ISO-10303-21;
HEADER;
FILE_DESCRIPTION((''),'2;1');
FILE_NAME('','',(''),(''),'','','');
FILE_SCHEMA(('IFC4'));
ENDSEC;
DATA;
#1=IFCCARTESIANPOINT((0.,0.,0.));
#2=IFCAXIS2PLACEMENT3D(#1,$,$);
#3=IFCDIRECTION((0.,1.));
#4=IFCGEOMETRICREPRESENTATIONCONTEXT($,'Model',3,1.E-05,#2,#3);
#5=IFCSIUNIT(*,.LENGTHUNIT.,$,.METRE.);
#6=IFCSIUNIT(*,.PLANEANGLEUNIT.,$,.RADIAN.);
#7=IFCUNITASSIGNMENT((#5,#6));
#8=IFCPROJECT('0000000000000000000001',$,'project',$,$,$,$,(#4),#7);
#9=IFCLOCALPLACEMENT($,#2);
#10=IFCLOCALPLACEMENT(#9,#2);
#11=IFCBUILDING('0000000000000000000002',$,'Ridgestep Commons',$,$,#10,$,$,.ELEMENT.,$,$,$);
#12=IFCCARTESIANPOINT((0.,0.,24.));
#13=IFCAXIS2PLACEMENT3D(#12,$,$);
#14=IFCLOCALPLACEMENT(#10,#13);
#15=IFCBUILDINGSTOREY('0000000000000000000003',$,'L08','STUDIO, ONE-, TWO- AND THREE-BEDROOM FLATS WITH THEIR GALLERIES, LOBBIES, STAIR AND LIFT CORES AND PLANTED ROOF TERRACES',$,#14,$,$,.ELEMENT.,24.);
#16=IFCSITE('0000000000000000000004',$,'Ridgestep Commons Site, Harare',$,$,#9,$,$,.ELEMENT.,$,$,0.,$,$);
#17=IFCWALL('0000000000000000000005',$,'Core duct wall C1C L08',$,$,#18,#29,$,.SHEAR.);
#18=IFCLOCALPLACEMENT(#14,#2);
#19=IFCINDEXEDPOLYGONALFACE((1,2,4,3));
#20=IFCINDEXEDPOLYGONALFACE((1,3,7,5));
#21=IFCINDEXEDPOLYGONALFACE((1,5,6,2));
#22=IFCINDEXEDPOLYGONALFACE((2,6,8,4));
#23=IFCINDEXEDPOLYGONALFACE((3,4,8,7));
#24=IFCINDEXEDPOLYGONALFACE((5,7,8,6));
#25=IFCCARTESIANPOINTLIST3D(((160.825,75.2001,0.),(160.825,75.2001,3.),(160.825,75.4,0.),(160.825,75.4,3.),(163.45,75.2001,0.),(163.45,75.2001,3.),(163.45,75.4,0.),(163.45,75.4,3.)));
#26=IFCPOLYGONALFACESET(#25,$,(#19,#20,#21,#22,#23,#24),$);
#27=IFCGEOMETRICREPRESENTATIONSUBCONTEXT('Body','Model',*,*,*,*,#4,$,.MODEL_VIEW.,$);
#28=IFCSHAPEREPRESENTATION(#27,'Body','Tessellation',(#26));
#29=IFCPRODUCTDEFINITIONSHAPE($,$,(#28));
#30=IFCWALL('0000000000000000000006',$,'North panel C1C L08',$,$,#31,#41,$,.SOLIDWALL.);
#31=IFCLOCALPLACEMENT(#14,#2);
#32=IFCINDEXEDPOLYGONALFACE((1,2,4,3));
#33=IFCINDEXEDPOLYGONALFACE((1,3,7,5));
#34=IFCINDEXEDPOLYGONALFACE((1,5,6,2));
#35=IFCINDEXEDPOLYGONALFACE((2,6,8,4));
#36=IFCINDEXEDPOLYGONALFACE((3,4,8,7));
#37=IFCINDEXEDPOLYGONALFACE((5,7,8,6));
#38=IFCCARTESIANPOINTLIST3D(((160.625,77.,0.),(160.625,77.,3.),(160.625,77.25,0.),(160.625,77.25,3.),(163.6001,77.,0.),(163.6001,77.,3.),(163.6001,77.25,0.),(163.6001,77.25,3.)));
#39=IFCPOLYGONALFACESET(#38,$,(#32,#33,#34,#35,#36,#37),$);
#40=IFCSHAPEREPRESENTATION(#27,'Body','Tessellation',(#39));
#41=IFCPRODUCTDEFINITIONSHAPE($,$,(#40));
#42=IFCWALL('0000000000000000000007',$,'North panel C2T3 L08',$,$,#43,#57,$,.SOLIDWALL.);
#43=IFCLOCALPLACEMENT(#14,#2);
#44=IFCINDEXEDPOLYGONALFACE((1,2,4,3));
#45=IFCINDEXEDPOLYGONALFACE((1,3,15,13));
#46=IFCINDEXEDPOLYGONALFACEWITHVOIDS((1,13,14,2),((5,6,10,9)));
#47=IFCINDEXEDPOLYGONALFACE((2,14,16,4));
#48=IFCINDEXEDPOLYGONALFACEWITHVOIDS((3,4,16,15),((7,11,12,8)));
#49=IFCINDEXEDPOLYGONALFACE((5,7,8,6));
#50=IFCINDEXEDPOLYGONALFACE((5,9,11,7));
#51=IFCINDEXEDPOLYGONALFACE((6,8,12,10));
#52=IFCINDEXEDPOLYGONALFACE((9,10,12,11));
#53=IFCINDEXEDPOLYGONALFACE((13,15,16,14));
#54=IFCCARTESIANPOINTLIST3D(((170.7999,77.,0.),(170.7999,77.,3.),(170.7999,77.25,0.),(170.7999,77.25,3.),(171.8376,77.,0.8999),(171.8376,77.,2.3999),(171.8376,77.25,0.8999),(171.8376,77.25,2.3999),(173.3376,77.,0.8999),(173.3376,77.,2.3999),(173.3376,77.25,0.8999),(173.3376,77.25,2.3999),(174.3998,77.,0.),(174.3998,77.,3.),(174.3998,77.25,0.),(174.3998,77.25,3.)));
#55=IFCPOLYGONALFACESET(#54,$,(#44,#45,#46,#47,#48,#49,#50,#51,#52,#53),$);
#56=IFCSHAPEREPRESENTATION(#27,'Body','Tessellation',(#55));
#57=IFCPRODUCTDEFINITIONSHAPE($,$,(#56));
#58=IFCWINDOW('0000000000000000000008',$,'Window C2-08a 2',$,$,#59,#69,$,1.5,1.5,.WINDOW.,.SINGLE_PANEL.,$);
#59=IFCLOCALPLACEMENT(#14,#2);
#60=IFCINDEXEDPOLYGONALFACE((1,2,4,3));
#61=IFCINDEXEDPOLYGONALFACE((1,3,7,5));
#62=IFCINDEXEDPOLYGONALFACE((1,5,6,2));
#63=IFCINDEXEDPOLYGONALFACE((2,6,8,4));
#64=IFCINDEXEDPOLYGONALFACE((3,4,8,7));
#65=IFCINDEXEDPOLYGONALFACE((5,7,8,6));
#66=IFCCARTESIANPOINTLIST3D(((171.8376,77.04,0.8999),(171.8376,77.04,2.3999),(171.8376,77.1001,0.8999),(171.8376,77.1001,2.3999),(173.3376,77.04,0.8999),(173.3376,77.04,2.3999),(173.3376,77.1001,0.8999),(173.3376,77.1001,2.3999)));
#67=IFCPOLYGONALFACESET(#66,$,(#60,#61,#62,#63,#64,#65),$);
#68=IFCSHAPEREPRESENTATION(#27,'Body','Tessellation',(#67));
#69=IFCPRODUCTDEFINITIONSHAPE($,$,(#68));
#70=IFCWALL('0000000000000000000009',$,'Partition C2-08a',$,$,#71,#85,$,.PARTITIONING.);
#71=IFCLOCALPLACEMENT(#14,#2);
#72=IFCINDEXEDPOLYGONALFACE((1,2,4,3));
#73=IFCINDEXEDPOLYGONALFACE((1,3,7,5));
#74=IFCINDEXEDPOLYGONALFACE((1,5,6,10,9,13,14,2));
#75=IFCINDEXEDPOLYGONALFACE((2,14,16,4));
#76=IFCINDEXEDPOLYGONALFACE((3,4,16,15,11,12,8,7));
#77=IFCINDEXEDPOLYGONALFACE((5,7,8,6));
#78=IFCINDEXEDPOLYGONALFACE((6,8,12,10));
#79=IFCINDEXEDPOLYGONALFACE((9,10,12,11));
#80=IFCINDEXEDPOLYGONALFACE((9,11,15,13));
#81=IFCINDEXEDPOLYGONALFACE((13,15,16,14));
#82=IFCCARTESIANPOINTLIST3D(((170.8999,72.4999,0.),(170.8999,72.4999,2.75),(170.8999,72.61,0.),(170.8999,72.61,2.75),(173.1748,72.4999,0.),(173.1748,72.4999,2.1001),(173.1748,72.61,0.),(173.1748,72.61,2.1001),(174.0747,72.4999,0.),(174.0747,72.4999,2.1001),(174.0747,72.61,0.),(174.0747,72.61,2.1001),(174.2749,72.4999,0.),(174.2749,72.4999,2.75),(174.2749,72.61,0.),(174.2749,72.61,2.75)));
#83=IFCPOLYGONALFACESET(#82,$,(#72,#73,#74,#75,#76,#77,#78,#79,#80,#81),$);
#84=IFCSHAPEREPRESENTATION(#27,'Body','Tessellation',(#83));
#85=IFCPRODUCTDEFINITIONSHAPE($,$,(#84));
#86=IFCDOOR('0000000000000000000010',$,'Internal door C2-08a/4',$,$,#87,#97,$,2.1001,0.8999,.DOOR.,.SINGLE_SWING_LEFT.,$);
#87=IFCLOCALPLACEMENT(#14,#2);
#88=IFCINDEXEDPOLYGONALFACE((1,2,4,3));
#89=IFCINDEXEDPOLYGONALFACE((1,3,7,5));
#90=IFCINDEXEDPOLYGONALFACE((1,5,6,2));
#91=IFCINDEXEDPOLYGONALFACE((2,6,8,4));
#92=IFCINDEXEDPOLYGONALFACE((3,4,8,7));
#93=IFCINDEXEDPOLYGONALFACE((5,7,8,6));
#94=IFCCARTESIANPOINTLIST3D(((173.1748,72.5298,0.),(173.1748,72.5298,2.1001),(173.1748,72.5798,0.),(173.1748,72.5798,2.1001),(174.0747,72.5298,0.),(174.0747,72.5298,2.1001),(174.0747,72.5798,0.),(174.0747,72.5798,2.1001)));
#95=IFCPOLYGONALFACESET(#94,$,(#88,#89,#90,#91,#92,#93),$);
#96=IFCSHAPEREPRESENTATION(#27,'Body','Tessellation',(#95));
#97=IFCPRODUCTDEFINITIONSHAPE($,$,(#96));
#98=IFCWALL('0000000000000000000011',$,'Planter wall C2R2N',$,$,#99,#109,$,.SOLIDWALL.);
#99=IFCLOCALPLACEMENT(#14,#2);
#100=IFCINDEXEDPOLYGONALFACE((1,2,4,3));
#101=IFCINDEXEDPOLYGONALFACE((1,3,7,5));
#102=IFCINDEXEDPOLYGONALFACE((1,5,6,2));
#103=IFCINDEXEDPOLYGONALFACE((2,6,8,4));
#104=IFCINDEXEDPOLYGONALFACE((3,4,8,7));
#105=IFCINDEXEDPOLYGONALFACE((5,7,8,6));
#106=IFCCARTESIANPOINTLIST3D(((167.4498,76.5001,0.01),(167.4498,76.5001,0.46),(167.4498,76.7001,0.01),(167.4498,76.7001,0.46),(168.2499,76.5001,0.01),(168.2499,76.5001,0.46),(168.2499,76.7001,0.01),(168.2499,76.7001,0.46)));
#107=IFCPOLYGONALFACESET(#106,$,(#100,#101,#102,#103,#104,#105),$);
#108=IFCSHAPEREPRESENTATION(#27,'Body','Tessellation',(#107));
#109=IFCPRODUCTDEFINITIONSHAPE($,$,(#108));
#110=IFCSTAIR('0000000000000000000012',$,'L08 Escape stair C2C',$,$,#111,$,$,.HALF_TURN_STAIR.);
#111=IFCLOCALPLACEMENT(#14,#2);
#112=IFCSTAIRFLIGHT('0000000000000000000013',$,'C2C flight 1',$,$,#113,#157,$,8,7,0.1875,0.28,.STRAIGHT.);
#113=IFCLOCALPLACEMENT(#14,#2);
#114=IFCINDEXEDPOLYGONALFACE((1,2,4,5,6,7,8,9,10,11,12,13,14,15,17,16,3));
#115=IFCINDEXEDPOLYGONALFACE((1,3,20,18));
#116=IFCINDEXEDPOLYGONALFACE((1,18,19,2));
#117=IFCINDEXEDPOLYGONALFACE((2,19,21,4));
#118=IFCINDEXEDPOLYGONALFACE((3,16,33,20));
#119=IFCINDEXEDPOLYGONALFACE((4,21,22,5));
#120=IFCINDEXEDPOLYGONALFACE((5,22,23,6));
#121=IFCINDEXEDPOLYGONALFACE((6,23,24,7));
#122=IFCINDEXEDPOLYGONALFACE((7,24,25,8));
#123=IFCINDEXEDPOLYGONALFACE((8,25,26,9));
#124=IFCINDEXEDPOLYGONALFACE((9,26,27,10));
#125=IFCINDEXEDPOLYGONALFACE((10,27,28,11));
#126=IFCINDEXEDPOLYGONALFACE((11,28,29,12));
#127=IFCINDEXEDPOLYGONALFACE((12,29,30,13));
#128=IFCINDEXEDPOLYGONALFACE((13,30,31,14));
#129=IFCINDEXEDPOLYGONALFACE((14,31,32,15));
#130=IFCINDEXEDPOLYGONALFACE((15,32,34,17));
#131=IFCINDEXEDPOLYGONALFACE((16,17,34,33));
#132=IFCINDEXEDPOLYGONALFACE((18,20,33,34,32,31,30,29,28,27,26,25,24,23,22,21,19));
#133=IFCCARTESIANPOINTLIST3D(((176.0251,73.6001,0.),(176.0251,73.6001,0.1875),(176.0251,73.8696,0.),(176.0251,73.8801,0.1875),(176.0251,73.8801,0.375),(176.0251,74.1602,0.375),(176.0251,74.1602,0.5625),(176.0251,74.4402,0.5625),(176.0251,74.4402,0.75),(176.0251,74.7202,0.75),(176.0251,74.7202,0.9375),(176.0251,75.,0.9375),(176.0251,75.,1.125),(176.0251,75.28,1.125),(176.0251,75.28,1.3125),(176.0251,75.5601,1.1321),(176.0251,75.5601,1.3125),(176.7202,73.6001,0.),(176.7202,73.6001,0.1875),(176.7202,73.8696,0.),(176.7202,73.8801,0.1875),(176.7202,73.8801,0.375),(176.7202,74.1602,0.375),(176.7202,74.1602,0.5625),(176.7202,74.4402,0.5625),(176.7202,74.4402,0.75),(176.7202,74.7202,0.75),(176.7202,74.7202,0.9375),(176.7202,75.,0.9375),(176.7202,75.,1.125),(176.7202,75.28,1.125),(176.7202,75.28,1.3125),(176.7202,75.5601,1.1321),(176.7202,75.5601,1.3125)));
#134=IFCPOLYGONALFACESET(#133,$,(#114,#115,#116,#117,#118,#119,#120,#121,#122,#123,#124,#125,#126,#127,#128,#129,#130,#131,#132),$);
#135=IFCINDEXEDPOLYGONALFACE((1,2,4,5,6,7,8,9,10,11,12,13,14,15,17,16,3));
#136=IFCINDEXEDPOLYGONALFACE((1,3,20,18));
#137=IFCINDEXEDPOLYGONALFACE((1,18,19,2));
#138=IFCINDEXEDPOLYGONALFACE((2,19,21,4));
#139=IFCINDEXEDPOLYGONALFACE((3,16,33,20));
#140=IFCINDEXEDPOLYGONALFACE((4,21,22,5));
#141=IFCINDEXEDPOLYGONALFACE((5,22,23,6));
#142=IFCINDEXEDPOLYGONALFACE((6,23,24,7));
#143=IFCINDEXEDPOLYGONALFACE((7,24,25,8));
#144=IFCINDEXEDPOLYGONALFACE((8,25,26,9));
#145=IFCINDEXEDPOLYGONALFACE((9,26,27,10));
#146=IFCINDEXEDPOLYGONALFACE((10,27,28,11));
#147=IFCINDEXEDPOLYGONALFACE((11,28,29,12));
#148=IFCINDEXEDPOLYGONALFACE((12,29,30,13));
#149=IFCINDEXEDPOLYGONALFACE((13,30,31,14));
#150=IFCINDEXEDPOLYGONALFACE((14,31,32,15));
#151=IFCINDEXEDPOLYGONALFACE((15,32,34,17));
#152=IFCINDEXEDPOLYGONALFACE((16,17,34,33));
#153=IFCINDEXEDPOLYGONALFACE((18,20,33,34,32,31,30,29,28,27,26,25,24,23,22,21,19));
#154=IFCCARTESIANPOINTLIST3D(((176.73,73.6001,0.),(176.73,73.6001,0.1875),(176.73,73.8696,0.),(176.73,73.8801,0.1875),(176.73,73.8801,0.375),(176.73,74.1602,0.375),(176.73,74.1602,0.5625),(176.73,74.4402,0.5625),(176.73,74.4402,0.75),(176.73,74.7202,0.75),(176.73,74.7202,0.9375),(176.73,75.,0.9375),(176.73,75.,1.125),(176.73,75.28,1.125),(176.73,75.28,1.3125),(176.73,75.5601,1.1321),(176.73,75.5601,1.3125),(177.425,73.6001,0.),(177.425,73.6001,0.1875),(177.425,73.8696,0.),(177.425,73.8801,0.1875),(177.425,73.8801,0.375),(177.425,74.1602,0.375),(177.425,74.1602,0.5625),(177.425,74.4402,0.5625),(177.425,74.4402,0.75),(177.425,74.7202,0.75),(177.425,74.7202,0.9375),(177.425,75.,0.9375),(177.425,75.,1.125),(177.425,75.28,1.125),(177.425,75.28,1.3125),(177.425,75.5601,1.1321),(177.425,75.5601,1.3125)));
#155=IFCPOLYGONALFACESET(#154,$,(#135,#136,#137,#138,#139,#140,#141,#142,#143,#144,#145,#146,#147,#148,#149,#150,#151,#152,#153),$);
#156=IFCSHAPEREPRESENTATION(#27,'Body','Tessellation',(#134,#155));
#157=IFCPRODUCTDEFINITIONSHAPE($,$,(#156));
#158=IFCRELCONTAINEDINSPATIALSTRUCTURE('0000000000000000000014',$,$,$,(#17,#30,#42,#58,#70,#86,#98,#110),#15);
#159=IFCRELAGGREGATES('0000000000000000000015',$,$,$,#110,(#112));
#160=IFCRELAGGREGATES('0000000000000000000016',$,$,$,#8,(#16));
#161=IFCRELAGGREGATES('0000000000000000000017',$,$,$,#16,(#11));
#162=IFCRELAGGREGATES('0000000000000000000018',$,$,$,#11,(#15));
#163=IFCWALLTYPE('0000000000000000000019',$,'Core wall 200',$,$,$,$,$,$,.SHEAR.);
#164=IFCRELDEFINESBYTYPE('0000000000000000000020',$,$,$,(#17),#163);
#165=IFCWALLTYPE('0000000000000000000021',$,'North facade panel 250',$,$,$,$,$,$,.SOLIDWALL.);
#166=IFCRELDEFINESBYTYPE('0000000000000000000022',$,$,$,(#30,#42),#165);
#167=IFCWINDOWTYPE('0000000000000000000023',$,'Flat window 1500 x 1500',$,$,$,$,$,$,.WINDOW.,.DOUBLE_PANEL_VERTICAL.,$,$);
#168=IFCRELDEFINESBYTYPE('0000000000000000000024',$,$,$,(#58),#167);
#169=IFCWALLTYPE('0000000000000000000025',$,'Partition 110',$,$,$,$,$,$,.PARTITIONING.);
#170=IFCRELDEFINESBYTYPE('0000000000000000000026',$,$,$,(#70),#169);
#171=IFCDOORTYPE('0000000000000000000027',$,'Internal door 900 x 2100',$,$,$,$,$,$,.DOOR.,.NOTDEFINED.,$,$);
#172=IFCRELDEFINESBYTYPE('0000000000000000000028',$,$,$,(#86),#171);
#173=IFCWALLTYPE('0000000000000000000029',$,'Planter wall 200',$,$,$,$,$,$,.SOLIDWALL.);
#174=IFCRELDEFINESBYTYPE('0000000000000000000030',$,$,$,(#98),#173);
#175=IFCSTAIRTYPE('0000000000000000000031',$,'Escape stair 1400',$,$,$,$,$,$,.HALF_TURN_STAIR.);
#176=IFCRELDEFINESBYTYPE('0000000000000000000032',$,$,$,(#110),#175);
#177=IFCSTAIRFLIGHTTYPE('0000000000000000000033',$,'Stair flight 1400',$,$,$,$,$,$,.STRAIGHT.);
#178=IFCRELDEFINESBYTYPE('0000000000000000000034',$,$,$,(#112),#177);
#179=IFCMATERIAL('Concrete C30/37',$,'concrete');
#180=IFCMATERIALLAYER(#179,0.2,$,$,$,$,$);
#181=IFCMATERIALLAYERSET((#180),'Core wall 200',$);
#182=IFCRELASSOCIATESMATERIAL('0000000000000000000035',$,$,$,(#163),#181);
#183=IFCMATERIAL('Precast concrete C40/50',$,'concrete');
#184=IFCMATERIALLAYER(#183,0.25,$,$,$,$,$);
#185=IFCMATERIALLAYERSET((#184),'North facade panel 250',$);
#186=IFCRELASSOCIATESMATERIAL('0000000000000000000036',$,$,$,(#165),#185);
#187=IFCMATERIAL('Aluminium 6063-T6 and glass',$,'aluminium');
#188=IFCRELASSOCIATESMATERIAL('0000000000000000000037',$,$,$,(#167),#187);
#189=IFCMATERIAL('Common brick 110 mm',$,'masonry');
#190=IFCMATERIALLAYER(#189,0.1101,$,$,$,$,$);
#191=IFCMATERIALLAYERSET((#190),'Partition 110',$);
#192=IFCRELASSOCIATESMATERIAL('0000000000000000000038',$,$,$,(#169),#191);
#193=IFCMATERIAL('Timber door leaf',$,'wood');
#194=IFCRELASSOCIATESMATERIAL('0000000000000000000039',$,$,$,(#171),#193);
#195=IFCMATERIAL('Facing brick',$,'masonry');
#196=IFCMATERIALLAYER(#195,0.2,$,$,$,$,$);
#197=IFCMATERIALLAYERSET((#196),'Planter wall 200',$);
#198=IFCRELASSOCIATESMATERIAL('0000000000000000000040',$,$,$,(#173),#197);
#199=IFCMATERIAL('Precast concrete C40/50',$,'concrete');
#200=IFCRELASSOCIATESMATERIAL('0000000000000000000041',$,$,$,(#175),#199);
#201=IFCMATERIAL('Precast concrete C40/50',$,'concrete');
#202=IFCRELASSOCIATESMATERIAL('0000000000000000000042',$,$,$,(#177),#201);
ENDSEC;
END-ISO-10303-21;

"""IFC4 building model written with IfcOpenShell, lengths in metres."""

from ifc_helpers import new_model, si_unit, direction, frame, frame_2d, origin, place, context, subcontext, project, spatial, polyline, rectangle, outline, extrude, material, layer, layer_set, type_object, element, fill, aggregate, save


model = new_model("IFC4")

# Units and contexts
model_context = context("Model", 3, precision=1e-05, world=origin(), true_north=direction((0.0, 1.0)))
body_context = subcontext(model_context, "Body", "Model", "MODEL_VIEW")
ifc_project = project(units=[si_unit("LENGTHUNIT", "METRE"), si_unit("PLANEANGLEUNIT", "RADIAN")], contexts=[model_context])

# Site, building, storey
site_placement = place(None, origin())
site = spatial("IfcSite", under=ifc_project, at=site_placement, Name="Ridgestep Commons Site, Harare", CompositionType="ELEMENT", RefElevation=0.0)
building_placement = place(site_placement, origin())
building = spatial("IfcBuilding", under=site, at=building_placement, Name="Ridgestep Commons", CompositionType="ELEMENT")
storey_placement = place(building_placement, frame((0.0, 0.0, 24.0)))
storey = spatial("IfcBuildingStorey", under=building, at=storey_placement, Name="L08", Description="STUDIO, ONE-, TWO- AND THREE-BEDROOM FLATS WITH THEIR GALLERIES, LOBBIES, STAIR AND LIFT CORES AND PLANTED ROOF TERRACES", CompositionType="ELEMENT", Elevation=24.0)

# Walls
ifc_material_1 = material(Name="Concrete C30/37", Category="concrete")
ifc_layer_1 = layer(ifc_material_1, 0.2)
ifc_layer_set_1 = layer_set([ifc_layer_1], Name="Core wall 200")
wall_type_1 = type_object("IfcWallType", Name="Core wall 200", PredefinedType="SHEAR", material=ifc_layer_set_1)
wall_1_placement = place(storey_placement, frame((160.825, 75.3, 0.0), z_axis=(0.0, 0.0, 1.0), x_axis=(1.0, 0.0, 0.0)))
element("IfcWall", 1, at=wall_1_placement, inside=storey, type_object=wall_type_1, Name="Core duct wall C1C L08", PredefinedType="SHEAR", context=body_context, shape_type="SweptSolid", body=[
    extrude(rectangle(XDim=2.625, YDim=0.2, at=frame_2d((1.3125, 0.0))), origin(), (0.0, 0.0, 1.0), 3.0),
])
ifc_material_2 = material(Name="Precast concrete C40/50", Category="concrete")
ifc_layer_2 = layer(ifc_material_2, 0.25)
ifc_layer_set_2 = layer_set([ifc_layer_2], Name="North facade panel 250")
wall_type_2 = type_object("IfcWallType", Name="North facade panel 250", PredefinedType="SOLIDWALL", material=ifc_layer_set_2)
wall_2_placement = place(storey_placement, frame((160.625, 77.125, 0.0), z_axis=(0.0, 0.0, 1.0), x_axis=(1.0, 0.0, 0.0)))
element("IfcWall", 2, at=wall_2_placement, inside=storey, type_object=wall_type_2, Name="North panel C1C L08", PredefinedType="SOLIDWALL", context=body_context, shape_type="SweptSolid", body=[
    extrude(rectangle(XDim=2.9751, YDim=0.25, at=frame_2d((1.4875, 0.0))), origin(), (0.0, 0.0, 1.0), 3.0),
])

# Wall, opening, window
wall_3_placement = place(storey_placement, frame((170.8, 77.125, 0.0), z_axis=(0.0, 0.0, 1.0), x_axis=(1.0, 0.0, 0.0)))
wall_3 = element("IfcWall", 3, at=wall_3_placement, inside=storey, type_object=wall_type_2, Name="North panel C2T3 L08", PredefinedType="SOLIDWALL", context=body_context, shape_type="SweptSolid", body=[
    extrude(rectangle(XDim=3.5999, YDim=0.25, at=frame_2d((1.7998, 0.0))), origin(), (0.0, 0.0, 1.0), 3.0),
])
opening_1_placement = place(wall_3_placement, frame((1.0376, 0.0, 0.8999)))
opening_1 = element("IfcOpeningElement", 4, at=opening_1_placement, cuts=wall_3, PredefinedType="OPENING", context=body_context, shape_type="SweptSolid", body=[
    extrude(rectangle(XDim=1.5, YDim=1.5, at=frame_2d((0.75, 0.75))), frame((0.0, 0.135, 0.0), z_axis=(0.0, -1.0, 0.0), x_axis=(1.0, 0.0, 0.0)), (0.0, 0.0, 1.0), 0.27),
])
ifc_material_3 = material(Name="Aluminium 6063-T6 and glass", Category="aluminium")
window_type = type_object("IfcWindowType", Name="Flat window 1500 x 1500", PartitioningType="DOUBLE_PANEL_VERTICAL", PredefinedType="WINDOW", material=ifc_material_3)
window_placement = place(opening_1_placement, origin())
window = element("IfcWindow", 5, at=window_placement, inside=storey, type_object=window_type, Name="Window C2-08a 2", OverallHeight=1.5, OverallWidth=1.5, PartitioningType="SINGLE_PANEL", PredefinedType="WINDOW", context=body_context, shape_type="SweptSolid", body=[
    extrude(rectangle(XDim=1.5, YDim=1.5, at=frame_2d((0.75, 0.75))), frame((0.0, -0.0249, 0.0), z_axis=(0.0, -1.0, 0.0), x_axis=(1.0, 0.0, 0.0)), (0.0, 0.0, 1.0), 0.0601),
])
fill(opening_1, window)

# Wall, opening, door
ifc_material_4 = material(Name="Common brick 110 mm", Category="masonry")
ifc_layer_3 = layer(ifc_material_4, 0.1101)
ifc_layer_set_3 = layer_set([ifc_layer_3], Name="Partition 110")
wall_type_3 = type_object("IfcWallType", Name="Partition 110", PredefinedType="PARTITIONING", material=ifc_layer_set_3)
wall_4_placement = place(storey_placement, frame((170.8999, 72.5549, 0.0), z_axis=(0.0, 0.0, 1.0), x_axis=(1.0, 0.0, 0.0)))
wall_4 = element("IfcWall", 6, at=wall_4_placement, inside=storey, type_object=wall_type_3, Name="Partition C2-08a", PredefinedType="PARTITIONING", context=body_context, shape_type="SweptSolid", body=[
    extrude(rectangle(XDim=3.375, YDim=0.1101, at=frame_2d((1.6875, 0.0))), origin(), (0.0, 0.0, 1.0), 2.75),
])
opening_2_placement = place(wall_4_placement, frame((2.2749, 0.0, 0.0)))
opening_2 = element("IfcOpeningElement", 7, at=opening_2_placement, cuts=wall_4, PredefinedType="OPENING", context=body_context, shape_type="SweptSolid", body=[
    extrude(rectangle(XDim=0.8999, YDim=2.1001, at=frame_2d((0.45, 1.05))), frame((0.0, 0.0649, 0.0), z_axis=(0.0, -1.0, 0.0), x_axis=(1.0, 0.0, 0.0)), (0.0, 0.0, 1.0), 0.1301),
])
ifc_material_5 = material(Name="Timber door leaf", Category="wood")
door_type = type_object("IfcDoorType", Name="Internal door 900 x 2100", OperationType="NOTDEFINED", PredefinedType="DOOR", material=ifc_material_5)
door_placement = place(opening_2_placement, origin())
door = element("IfcDoor", 8, at=door_placement, inside=storey, type_object=door_type, Name="Internal door C2-08a/4", OperationType="SINGLE_SWING_LEFT", OverallHeight=2.1001, OverallWidth=0.8999, PredefinedType="DOOR", context=body_context, shape_type="SweptSolid", body=[
    extrude(rectangle(XDim=0.8999, YDim=2.1001, at=frame_2d((0.45, 1.05))), frame((0.0, 0.0249, 0.0), z_axis=(0.0, -1.0, 0.0), x_axis=(1.0, 0.0, 0.0)), (0.0, 0.0, 1.0), 0.05),
])
fill(opening_2, door)

# Wall
ifc_material_6 = material(Name="Facing brick", Category="masonry")
ifc_layer_4 = layer(ifc_material_6, 0.2)
ifc_layer_set_4 = layer_set([ifc_layer_4], Name="Planter wall 200")
wall_type_4 = type_object("IfcWallType", Name="Planter wall 200", PredefinedType="SOLIDWALL", material=ifc_layer_set_4)
wall_5_placement = place(storey_placement, frame((167.45, 76.6001, 0.01), z_axis=(0.0, 0.0, 1.0), x_axis=(1.0, 0.0, 0.0)))
element("IfcWall", 9, at=wall_5_placement, inside=storey, type_object=wall_type_4, Name="Planter wall C2R2N", PredefinedType="SOLIDWALL", context=body_context, shape_type="SweptSolid", body=[
    extrude(rectangle(XDim=0.8, YDim=0.2, at=frame_2d((0.3999, 0.0))), origin(), (0.0, 0.0, 1.0), 0.45),
])

# Stair, stair flight
ifc_material_7 = material(Name="Precast concrete C40/50", Category="concrete")
stair_type = type_object("IfcStairType", Name="Escape stair 1400", PredefinedType="HALF_TURN_STAIR", material=ifc_material_7)
stair_placement = place(storey_placement, origin())
stair = element("IfcStair", 10, at=stair_placement, inside=storey, type_object=stair_type, Name="L08 Escape stair C2C", PredefinedType="HALF_TURN_STAIR")
ifc_material_8 = material(Name="Precast concrete C40/50", Category="concrete")
stair_flight_type = type_object("IfcStairFlightType", Name="Stair flight 1400", PredefinedType="STRAIGHT", material=ifc_material_8)
stair_flight_1_placement = place(storey_placement, frame((176.7251, 73.6001, 0.0), z_axis=(0.0, 0.0, 1.0), x_axis=(0.0, 1.0, 0.0)))
stair_flight_1 = element("IfcStairFlight", 11, at=stair_flight_1_placement, type_object=stair_flight_type, Name="C2C flight 1", NumberOfRisers=8, NumberOfTreads=7, PredefinedType="STRAIGHT", RiserHeight=0.1875, TreadLength=0.28, context=body_context, shape_type="SweptSolid", body=[
    extrude(outline(polyline([(0.0, 0.0), (0.0, 0.1875), (0.28, 0.1875), (0.28, 0.375), (0.5601, 0.375), (0.5601, 0.5625), (0.8401, 0.5625), (0.8401, 0.75), (1.1201, 0.75), (1.1201, 0.9375), (1.3999, 0.9375), (1.3999, 1.125), (1.6799, 1.125), (1.6799, 1.3125), (1.96, 1.3125), (1.96, 1.5), (1.96, 1.1321), (0.2695, 0.0), (0.0, 0.0)])), frame((0.0, 0.7, 0.0), z_axis=(0.0, -1.0, 0.0), x_axis=(1.0, 0.0, 0.0)), (0.0, 0.0, 1.0), 0.6951),
    extrude(outline(polyline([(0.0, 0.0), (0.0, 0.1875), (0.28, 0.1875), (0.28, 0.375), (0.5601, 0.375), (0.5601, 0.5625), (0.8401, 0.5625), (0.8401, 0.75), (1.1201, 0.75), (1.1201, 0.9375), (1.3999, 0.9375), (1.3999, 1.125), (1.6799, 1.125), (1.6799, 1.3125), (1.96, 1.3125), (1.96, 1.5), (1.96, 1.1321), (0.2695, 0.0), (0.0, 0.0)])), frame((0.0, -0.0049, 0.0), z_axis=(0.0, -1.0, 0.0), x_axis=(1.0, 0.0, 0.0)), (0.0, 0.0, 1.0), 0.6951),
])
aggregate(stair, [stair_flight_1])

save(model, "model.ifc")
